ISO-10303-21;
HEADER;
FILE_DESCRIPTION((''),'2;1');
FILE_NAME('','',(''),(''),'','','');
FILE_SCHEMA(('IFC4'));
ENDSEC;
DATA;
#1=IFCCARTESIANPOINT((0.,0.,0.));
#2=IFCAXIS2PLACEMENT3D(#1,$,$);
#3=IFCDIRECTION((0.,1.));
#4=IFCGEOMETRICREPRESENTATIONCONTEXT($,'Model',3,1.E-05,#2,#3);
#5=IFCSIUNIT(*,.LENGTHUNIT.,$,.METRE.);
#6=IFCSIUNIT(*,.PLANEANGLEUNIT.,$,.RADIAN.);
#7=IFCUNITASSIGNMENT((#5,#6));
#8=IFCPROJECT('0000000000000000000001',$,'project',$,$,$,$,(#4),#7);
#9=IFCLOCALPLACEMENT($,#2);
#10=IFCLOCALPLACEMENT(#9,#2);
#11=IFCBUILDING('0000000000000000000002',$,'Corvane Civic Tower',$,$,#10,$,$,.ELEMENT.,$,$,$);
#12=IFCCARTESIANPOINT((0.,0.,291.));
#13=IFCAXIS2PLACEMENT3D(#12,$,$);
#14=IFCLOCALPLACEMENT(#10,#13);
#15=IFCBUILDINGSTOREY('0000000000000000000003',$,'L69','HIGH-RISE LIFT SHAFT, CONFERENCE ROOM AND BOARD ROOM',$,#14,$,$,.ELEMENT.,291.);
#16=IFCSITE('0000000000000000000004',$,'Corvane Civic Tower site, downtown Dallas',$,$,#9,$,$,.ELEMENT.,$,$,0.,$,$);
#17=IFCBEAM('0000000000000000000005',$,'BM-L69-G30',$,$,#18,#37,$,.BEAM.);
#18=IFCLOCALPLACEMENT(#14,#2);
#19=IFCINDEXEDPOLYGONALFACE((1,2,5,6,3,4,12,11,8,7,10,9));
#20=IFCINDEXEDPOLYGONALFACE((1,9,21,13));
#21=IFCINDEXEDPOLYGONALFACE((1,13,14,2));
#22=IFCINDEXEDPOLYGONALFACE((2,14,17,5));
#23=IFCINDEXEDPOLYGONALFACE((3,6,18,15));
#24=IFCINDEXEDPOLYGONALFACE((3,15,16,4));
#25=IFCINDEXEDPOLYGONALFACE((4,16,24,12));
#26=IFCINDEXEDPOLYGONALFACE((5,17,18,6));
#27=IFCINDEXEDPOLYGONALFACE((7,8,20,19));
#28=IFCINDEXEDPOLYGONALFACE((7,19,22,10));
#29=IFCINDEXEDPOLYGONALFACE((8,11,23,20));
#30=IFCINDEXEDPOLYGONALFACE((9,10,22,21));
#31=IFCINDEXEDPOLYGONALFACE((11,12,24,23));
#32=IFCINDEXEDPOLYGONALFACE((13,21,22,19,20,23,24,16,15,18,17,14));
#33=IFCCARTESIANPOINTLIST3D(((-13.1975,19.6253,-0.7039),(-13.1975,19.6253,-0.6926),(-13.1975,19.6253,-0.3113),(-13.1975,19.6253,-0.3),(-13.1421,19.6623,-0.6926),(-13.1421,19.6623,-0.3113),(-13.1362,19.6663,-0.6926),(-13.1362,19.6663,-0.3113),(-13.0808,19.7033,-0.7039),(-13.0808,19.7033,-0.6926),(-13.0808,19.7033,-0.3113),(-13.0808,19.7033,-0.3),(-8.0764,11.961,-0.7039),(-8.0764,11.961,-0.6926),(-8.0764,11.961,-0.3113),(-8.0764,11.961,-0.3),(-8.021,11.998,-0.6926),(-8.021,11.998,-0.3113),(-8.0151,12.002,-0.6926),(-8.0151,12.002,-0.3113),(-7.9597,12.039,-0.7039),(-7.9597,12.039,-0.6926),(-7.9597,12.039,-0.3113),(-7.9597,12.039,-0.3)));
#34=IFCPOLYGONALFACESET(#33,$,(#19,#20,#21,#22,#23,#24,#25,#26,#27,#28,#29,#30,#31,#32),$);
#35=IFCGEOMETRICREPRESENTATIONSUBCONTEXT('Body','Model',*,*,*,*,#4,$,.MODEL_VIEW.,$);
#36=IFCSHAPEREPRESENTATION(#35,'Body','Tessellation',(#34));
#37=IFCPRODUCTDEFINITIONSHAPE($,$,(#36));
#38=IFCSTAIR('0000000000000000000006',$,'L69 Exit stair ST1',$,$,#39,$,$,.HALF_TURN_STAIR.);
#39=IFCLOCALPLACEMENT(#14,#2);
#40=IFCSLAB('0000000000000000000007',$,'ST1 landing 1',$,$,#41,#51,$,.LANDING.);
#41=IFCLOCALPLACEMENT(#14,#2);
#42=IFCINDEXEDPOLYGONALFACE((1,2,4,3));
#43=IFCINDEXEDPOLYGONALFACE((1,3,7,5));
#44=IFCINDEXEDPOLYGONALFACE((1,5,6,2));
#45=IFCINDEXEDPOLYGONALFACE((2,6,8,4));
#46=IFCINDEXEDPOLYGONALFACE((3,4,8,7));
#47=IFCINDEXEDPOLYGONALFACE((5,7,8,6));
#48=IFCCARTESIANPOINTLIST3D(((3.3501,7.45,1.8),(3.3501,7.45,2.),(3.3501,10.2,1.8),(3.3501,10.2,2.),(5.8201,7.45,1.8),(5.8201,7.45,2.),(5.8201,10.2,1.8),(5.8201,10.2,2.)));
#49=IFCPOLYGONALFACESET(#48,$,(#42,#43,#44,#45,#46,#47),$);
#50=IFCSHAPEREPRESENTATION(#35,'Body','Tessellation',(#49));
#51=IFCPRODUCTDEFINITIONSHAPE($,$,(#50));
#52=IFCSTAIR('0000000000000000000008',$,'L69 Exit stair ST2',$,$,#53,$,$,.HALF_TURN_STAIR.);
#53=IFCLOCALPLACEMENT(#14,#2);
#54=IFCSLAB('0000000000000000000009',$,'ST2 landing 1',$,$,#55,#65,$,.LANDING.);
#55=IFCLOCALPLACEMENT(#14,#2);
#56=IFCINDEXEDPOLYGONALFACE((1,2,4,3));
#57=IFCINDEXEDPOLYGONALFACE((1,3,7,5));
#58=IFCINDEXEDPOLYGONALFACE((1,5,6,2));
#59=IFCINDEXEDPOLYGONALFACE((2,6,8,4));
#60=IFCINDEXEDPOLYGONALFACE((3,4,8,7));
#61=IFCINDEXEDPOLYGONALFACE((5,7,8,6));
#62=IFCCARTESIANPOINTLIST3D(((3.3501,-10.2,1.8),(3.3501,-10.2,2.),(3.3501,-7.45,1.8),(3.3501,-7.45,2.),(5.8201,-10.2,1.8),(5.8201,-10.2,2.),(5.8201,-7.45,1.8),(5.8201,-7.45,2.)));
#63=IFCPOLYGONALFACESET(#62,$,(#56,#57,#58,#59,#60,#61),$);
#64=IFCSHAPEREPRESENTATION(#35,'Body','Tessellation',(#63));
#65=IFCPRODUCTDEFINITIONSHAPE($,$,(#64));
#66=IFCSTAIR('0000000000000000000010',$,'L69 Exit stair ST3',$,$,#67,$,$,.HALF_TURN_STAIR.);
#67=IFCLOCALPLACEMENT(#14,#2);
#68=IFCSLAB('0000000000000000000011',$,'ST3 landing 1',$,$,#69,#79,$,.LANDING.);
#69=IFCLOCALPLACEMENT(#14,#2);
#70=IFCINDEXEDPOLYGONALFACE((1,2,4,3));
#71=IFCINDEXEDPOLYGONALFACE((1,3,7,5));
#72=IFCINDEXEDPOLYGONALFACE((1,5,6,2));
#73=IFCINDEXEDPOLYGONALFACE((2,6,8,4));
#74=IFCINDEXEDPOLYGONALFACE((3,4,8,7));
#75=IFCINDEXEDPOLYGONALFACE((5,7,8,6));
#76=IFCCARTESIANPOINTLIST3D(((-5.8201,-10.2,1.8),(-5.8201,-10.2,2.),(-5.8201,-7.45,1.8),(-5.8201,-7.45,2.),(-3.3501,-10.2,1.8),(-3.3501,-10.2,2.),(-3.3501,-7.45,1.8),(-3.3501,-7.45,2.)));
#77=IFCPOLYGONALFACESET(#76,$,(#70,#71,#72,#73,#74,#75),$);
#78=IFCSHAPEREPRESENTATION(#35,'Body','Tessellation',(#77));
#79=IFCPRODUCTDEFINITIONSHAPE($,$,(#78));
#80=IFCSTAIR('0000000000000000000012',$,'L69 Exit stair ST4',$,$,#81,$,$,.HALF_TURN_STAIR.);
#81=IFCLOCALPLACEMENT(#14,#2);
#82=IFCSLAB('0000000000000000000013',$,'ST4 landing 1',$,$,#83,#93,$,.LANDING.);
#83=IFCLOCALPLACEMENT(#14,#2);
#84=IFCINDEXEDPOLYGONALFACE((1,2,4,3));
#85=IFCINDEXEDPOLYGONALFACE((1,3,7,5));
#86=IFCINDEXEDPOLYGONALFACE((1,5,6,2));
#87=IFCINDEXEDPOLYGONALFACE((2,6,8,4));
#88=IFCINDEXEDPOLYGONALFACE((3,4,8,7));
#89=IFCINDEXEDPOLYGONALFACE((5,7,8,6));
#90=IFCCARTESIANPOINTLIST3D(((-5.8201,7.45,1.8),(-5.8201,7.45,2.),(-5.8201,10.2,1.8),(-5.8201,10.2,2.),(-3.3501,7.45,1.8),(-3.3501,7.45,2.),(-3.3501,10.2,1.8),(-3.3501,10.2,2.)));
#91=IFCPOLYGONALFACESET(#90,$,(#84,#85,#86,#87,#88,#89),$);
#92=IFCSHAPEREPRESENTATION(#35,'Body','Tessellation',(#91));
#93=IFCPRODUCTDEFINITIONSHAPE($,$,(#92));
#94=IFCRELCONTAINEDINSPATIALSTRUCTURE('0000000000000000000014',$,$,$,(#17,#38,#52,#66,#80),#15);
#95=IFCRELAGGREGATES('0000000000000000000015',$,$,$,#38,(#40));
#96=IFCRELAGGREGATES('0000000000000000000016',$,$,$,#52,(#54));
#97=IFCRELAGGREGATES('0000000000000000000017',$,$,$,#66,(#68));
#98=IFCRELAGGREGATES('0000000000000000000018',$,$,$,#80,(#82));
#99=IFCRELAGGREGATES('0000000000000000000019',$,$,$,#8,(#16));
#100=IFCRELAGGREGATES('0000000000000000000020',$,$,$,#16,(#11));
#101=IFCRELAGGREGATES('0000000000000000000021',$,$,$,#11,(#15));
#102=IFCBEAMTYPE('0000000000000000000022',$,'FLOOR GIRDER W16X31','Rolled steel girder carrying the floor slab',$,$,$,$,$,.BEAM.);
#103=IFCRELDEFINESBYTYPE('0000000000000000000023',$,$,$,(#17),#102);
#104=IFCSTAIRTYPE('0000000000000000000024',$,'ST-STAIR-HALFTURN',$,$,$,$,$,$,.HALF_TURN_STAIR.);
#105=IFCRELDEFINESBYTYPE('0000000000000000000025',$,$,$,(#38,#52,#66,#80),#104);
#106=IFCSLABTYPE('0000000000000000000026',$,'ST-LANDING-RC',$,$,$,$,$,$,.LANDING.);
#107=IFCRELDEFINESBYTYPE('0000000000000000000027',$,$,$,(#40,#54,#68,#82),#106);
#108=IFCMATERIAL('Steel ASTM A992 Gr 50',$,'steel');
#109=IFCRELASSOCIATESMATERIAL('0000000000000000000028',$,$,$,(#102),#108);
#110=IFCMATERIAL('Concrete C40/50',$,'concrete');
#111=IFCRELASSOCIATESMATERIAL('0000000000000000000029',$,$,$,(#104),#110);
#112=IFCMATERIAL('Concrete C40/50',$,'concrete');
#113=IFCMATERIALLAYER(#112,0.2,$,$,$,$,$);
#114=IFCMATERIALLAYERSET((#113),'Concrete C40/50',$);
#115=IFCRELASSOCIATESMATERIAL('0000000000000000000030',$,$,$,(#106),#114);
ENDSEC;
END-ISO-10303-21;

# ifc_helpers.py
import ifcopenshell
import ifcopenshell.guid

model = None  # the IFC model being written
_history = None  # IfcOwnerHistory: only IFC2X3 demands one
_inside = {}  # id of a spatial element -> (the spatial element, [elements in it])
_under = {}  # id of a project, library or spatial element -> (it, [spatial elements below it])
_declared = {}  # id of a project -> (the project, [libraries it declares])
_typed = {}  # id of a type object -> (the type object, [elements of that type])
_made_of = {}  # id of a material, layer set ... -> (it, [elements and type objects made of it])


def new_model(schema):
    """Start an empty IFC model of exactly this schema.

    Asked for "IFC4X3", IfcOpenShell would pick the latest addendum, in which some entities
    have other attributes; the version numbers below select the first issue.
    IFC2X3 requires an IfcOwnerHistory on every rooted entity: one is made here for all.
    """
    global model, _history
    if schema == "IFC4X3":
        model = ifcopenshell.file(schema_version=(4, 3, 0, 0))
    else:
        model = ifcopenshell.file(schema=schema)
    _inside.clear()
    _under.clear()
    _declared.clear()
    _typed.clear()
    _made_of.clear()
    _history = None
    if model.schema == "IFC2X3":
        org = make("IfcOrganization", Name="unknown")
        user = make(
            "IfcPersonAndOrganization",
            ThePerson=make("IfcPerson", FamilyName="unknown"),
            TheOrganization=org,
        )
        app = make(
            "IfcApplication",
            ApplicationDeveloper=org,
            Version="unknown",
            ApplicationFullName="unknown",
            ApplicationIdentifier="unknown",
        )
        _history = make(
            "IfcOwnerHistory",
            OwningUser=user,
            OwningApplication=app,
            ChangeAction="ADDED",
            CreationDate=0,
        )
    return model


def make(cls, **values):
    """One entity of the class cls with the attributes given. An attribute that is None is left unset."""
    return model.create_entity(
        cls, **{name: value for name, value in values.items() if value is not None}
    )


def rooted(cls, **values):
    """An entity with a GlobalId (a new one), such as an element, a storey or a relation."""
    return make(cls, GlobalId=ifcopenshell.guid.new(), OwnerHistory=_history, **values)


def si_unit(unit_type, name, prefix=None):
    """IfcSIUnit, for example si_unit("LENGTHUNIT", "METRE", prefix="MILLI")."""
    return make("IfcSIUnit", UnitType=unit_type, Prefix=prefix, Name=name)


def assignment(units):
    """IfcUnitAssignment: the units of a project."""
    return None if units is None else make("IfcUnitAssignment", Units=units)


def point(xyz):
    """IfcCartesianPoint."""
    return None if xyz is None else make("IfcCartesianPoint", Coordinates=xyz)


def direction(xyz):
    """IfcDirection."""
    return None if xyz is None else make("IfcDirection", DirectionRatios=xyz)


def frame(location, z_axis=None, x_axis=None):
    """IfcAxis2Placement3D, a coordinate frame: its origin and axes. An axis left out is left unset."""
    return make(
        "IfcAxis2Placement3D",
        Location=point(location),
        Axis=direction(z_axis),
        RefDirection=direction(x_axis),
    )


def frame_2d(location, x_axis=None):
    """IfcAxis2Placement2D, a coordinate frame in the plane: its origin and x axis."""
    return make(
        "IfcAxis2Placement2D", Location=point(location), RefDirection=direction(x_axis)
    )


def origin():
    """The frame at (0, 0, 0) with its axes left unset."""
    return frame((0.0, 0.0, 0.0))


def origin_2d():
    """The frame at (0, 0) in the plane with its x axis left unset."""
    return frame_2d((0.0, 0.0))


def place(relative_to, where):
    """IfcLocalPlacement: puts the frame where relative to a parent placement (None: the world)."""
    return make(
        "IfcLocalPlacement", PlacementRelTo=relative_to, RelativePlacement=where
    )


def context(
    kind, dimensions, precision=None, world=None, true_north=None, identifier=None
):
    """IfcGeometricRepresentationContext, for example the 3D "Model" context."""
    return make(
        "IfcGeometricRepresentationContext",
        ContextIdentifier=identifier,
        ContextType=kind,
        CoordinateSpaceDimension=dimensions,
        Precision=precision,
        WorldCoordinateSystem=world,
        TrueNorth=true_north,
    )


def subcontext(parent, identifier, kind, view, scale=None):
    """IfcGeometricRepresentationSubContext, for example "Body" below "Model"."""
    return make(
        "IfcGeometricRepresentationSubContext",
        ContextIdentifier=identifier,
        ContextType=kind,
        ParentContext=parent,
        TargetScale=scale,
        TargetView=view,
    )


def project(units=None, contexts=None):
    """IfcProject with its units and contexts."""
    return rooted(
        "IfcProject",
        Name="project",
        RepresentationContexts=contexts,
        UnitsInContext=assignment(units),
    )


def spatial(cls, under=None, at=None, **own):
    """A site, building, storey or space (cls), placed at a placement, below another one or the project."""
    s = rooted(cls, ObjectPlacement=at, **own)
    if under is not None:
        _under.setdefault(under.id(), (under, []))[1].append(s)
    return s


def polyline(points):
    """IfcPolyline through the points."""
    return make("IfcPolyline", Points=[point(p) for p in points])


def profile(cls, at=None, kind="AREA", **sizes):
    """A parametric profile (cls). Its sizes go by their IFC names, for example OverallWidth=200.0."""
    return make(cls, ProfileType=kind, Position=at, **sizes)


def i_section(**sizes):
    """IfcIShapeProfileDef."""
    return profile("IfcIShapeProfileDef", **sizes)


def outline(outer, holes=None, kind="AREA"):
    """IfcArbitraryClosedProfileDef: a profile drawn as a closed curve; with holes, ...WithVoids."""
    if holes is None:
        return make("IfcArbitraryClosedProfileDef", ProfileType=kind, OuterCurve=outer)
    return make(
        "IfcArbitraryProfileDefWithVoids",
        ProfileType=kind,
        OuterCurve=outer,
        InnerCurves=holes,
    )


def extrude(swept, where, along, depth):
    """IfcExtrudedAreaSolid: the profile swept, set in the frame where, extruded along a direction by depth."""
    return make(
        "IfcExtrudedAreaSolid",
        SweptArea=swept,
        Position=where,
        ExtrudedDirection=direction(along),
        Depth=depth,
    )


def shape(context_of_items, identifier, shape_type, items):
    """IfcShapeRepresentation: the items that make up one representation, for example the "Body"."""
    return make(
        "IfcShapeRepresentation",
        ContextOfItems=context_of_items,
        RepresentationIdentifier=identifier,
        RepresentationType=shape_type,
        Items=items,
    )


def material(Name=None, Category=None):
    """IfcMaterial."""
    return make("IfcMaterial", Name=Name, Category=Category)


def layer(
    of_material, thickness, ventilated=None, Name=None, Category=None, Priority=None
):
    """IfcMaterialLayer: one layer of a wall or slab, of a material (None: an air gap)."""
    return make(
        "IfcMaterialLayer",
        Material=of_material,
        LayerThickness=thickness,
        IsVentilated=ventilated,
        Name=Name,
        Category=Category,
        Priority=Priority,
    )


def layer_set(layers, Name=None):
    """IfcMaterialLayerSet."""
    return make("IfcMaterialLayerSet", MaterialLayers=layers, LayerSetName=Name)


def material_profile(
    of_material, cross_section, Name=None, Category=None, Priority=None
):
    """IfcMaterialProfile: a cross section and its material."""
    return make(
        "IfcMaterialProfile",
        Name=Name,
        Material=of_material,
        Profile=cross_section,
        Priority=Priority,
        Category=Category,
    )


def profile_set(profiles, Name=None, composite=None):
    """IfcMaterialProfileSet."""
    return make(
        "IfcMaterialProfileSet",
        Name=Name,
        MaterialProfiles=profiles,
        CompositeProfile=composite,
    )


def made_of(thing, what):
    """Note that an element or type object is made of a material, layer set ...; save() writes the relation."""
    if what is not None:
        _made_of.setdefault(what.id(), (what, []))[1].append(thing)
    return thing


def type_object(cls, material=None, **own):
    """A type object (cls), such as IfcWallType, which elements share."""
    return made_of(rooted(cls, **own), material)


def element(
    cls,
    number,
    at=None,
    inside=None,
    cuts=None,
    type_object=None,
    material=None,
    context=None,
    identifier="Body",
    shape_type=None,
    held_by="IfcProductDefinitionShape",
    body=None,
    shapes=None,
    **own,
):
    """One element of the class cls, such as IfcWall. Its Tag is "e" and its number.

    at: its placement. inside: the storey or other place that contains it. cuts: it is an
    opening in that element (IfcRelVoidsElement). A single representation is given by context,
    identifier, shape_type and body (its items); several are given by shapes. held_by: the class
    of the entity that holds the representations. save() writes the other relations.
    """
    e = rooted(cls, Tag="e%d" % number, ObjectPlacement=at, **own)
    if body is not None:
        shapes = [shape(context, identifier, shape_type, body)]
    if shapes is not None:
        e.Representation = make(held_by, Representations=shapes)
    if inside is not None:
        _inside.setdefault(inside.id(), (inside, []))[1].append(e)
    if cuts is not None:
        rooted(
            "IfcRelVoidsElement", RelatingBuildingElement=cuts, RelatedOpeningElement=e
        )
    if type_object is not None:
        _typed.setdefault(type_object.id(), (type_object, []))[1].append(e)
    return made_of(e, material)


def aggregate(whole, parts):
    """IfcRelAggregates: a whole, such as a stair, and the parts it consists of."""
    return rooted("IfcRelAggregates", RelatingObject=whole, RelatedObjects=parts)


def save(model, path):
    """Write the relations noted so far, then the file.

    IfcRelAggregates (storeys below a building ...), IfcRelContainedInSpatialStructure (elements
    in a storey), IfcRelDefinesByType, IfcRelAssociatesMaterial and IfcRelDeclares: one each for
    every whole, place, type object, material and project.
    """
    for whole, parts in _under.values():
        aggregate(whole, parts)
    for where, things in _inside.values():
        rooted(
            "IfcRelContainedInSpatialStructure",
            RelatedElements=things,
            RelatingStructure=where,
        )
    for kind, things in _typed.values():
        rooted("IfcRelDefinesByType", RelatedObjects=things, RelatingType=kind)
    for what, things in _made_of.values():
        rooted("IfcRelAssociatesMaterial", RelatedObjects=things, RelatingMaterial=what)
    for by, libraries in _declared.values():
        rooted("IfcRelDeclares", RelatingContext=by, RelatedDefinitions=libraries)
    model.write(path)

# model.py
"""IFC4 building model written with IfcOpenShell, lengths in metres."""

from ifc_helpers import new_model, si_unit, direction, frame, origin, origin_2d, place, context, subcontext, project, spatial, polyline, i_section, outline, extrude, material, layer, layer_set, material_profile, profile_set, type_object, element, aggregate, save


model = new_model("IFC4")

# Units and contexts
model_context = context("Model", 3, precision=1e-05, world=origin(), true_north=direction((0.0, 1.0)))
body_context = subcontext(model_context, "Body", "Model", "MODEL_VIEW")
ifc_project = project(units=[si_unit("LENGTHUNIT", "METRE"), si_unit("PLANEANGLEUNIT", "RADIAN")], contexts=[model_context])

# Site, building, storey
site_placement = place(None, origin())
site = spatial("IfcSite", under=ifc_project, at=site_placement, Name="Corvane Civic Tower site, downtown Dallas", CompositionType="ELEMENT", RefElevation=0.0)
building_placement = place(site_placement, origin())
building = spatial("IfcBuilding", under=site, at=building_placement, Name="Corvane Civic Tower", CompositionType="ELEMENT")
storey_placement = place(building_placement, frame((0.0, 0.0, 291.0)))
storey = spatial("IfcBuildingStorey", under=building, at=storey_placement, Name="L69", Description="HIGH-RISE LIFT SHAFT, CONFERENCE ROOM AND BOARD ROOM", CompositionType="ELEMENT", Elevation=291.0)

# Beam
ifc_material_1 = material(Name="Steel ASTM A992 Gr 50", Category="steel")
ifc_material_profile = material_profile(ifc_material_1, i_section(OverallWidth=0.1404, OverallDepth=0.4038, WebThickness=0.0071, FlangeThickness=0.0112, at=origin_2d()), Name="W16X31")
ifc_profile_set = profile_set([ifc_material_profile], Name="Steel ASTM A992 Gr 50")
beam_type = type_object("IfcBeamType", Name="FLOOR GIRDER W16X31", Description="Rolled steel girder carrying the floor slab", PredefinedType="BEAM", material=ifc_profile_set)
beam_placement = place(storey_placement, frame((-8.0181, 12.0, -0.502), z_axis=(-0.555568, 0.831471, 0.0), x_axis=(-0.831471, -0.555568, 0.0)))
element("IfcBeam", 1, at=beam_placement, inside=storey, type_object=beam_type, Name="BM-L69-G30", PredefinedType="BEAM", context=body_context, shape_type="SweptSolid", body=[
    extrude(i_section(OverallWidth=0.1404, OverallDepth=0.4038, WebThickness=0.0071, FlangeThickness=0.0112, at=origin_2d()), origin(), (0.0, 0.0, 1.0), 9.2178),
])

# Stairs, slabs
ifc_material_2 = material(Name="Concrete C40/50", Category="concrete")
stair_type = type_object("IfcStairType", Name="ST-STAIR-HALFTURN", PredefinedType="HALF_TURN_STAIR", material=ifc_material_2)
stair_1_placement = place(storey_placement, origin())
stair_1 = element("IfcStair", 2, at=stair_1_placement, inside=storey, type_object=stair_type, Name="L69 Exit stair ST1", PredefinedType="HALF_TURN_STAIR")
ifc_material_3 = material(Name="Concrete C40/50", Category="concrete")
ifc_layer_1 = layer(ifc_material_3, 0.2)
ifc_layer_set_1 = layer_set([ifc_layer_1], Name="Concrete C40/50")
slab_type = type_object("IfcSlabType", Name="ST-LANDING-RC", PredefinedType="LANDING", material=ifc_layer_set_1)
slab_1_placement = place(storey_placement, frame((0.0, 0.0, 1.8)))
slab_1 = element("IfcSlab", 3, at=slab_1_placement, type_object=slab_type, Name="ST1 landing 1", PredefinedType="LANDING", context=body_context, shape_type="SweptSolid", body=[
    extrude(outline(polyline([(5.8201, 10.2), (3.3501, 10.2), (3.3501, 7.45), (5.8201, 7.45), (5.8201, 10.2)])), origin(), (0.0, 0.0, 1.0), 0.2),
])
aggregate(stair_1, [slab_1])
stair_2_placement = place(storey_placement, origin())
stair_2 = element("IfcStair", 4, at=stair_2_placement, inside=storey, type_object=stair_type, Name="L69 Exit stair ST2", PredefinedType="HALF_TURN_STAIR")
slab_2_placement = place(storey_placement, frame((0.0, 0.0, 1.8)))
slab_2 = element("IfcSlab", 5, at=slab_2_placement, type_object=slab_type, Name="ST2 landing 1", PredefinedType="LANDING", context=body_context, shape_type="SweptSolid", body=[
    extrude(outline(polyline([(5.8201, -7.45), (3.3501, -7.45), (3.3501, -10.2), (5.8201, -10.2), (5.8201, -7.45)])), origin(), (0.0, 0.0, 1.0), 0.2),
])
aggregate(stair_2, [slab_2])
stair_3_placement = place(storey_placement, origin())
stair_3 = element("IfcStair", 6, at=stair_3_placement, inside=storey, type_object=stair_type, Name="L69 Exit stair ST3", PredefinedType="HALF_TURN_STAIR")
slab_3_placement = place(storey_placement, frame((0.0, 0.0, 1.8)))
slab_3 = element("IfcSlab", 7, at=slab_3_placement, type_object=slab_type, Name="ST3 landing 1", PredefinedType="LANDING", context=body_context, shape_type="SweptSolid", body=[
    extrude(outline(polyline([(-5.8201, -10.2), (-3.3501, -10.2), (-3.3501, -7.45), (-5.8201, -7.45), (-5.8201, -10.2)])), origin(), (0.0, 0.0, 1.0), 0.2),
])
aggregate(stair_3, [slab_3])
stair_4_placement = place(storey_placement, origin())
stair_4 = element("IfcStair", 8, at=stair_4_placement, inside=storey, type_object=stair_type, Name="L69 Exit stair ST4", PredefinedType="HALF_TURN_STAIR")
slab_4_placement = place(storey_placement, frame((0.0, 0.0, 1.8)))
slab_4 = element("IfcSlab", 9, at=slab_4_placement, type_object=slab_type, Name="ST4 landing 1", PredefinedType="LANDING", context=body_context, shape_type="SweptSolid", body=[
    extrude(outline(polyline([(-5.8201, 7.45), (-3.3501, 7.45), (-3.3501, 10.2), (-5.8201, 10.2), (-5.8201, 7.45)])), origin(), (0.0, 0.0, 1.0), 0.2),
])

aggregate(stair_4, [slab_4])

save(model, "model.ifc")
